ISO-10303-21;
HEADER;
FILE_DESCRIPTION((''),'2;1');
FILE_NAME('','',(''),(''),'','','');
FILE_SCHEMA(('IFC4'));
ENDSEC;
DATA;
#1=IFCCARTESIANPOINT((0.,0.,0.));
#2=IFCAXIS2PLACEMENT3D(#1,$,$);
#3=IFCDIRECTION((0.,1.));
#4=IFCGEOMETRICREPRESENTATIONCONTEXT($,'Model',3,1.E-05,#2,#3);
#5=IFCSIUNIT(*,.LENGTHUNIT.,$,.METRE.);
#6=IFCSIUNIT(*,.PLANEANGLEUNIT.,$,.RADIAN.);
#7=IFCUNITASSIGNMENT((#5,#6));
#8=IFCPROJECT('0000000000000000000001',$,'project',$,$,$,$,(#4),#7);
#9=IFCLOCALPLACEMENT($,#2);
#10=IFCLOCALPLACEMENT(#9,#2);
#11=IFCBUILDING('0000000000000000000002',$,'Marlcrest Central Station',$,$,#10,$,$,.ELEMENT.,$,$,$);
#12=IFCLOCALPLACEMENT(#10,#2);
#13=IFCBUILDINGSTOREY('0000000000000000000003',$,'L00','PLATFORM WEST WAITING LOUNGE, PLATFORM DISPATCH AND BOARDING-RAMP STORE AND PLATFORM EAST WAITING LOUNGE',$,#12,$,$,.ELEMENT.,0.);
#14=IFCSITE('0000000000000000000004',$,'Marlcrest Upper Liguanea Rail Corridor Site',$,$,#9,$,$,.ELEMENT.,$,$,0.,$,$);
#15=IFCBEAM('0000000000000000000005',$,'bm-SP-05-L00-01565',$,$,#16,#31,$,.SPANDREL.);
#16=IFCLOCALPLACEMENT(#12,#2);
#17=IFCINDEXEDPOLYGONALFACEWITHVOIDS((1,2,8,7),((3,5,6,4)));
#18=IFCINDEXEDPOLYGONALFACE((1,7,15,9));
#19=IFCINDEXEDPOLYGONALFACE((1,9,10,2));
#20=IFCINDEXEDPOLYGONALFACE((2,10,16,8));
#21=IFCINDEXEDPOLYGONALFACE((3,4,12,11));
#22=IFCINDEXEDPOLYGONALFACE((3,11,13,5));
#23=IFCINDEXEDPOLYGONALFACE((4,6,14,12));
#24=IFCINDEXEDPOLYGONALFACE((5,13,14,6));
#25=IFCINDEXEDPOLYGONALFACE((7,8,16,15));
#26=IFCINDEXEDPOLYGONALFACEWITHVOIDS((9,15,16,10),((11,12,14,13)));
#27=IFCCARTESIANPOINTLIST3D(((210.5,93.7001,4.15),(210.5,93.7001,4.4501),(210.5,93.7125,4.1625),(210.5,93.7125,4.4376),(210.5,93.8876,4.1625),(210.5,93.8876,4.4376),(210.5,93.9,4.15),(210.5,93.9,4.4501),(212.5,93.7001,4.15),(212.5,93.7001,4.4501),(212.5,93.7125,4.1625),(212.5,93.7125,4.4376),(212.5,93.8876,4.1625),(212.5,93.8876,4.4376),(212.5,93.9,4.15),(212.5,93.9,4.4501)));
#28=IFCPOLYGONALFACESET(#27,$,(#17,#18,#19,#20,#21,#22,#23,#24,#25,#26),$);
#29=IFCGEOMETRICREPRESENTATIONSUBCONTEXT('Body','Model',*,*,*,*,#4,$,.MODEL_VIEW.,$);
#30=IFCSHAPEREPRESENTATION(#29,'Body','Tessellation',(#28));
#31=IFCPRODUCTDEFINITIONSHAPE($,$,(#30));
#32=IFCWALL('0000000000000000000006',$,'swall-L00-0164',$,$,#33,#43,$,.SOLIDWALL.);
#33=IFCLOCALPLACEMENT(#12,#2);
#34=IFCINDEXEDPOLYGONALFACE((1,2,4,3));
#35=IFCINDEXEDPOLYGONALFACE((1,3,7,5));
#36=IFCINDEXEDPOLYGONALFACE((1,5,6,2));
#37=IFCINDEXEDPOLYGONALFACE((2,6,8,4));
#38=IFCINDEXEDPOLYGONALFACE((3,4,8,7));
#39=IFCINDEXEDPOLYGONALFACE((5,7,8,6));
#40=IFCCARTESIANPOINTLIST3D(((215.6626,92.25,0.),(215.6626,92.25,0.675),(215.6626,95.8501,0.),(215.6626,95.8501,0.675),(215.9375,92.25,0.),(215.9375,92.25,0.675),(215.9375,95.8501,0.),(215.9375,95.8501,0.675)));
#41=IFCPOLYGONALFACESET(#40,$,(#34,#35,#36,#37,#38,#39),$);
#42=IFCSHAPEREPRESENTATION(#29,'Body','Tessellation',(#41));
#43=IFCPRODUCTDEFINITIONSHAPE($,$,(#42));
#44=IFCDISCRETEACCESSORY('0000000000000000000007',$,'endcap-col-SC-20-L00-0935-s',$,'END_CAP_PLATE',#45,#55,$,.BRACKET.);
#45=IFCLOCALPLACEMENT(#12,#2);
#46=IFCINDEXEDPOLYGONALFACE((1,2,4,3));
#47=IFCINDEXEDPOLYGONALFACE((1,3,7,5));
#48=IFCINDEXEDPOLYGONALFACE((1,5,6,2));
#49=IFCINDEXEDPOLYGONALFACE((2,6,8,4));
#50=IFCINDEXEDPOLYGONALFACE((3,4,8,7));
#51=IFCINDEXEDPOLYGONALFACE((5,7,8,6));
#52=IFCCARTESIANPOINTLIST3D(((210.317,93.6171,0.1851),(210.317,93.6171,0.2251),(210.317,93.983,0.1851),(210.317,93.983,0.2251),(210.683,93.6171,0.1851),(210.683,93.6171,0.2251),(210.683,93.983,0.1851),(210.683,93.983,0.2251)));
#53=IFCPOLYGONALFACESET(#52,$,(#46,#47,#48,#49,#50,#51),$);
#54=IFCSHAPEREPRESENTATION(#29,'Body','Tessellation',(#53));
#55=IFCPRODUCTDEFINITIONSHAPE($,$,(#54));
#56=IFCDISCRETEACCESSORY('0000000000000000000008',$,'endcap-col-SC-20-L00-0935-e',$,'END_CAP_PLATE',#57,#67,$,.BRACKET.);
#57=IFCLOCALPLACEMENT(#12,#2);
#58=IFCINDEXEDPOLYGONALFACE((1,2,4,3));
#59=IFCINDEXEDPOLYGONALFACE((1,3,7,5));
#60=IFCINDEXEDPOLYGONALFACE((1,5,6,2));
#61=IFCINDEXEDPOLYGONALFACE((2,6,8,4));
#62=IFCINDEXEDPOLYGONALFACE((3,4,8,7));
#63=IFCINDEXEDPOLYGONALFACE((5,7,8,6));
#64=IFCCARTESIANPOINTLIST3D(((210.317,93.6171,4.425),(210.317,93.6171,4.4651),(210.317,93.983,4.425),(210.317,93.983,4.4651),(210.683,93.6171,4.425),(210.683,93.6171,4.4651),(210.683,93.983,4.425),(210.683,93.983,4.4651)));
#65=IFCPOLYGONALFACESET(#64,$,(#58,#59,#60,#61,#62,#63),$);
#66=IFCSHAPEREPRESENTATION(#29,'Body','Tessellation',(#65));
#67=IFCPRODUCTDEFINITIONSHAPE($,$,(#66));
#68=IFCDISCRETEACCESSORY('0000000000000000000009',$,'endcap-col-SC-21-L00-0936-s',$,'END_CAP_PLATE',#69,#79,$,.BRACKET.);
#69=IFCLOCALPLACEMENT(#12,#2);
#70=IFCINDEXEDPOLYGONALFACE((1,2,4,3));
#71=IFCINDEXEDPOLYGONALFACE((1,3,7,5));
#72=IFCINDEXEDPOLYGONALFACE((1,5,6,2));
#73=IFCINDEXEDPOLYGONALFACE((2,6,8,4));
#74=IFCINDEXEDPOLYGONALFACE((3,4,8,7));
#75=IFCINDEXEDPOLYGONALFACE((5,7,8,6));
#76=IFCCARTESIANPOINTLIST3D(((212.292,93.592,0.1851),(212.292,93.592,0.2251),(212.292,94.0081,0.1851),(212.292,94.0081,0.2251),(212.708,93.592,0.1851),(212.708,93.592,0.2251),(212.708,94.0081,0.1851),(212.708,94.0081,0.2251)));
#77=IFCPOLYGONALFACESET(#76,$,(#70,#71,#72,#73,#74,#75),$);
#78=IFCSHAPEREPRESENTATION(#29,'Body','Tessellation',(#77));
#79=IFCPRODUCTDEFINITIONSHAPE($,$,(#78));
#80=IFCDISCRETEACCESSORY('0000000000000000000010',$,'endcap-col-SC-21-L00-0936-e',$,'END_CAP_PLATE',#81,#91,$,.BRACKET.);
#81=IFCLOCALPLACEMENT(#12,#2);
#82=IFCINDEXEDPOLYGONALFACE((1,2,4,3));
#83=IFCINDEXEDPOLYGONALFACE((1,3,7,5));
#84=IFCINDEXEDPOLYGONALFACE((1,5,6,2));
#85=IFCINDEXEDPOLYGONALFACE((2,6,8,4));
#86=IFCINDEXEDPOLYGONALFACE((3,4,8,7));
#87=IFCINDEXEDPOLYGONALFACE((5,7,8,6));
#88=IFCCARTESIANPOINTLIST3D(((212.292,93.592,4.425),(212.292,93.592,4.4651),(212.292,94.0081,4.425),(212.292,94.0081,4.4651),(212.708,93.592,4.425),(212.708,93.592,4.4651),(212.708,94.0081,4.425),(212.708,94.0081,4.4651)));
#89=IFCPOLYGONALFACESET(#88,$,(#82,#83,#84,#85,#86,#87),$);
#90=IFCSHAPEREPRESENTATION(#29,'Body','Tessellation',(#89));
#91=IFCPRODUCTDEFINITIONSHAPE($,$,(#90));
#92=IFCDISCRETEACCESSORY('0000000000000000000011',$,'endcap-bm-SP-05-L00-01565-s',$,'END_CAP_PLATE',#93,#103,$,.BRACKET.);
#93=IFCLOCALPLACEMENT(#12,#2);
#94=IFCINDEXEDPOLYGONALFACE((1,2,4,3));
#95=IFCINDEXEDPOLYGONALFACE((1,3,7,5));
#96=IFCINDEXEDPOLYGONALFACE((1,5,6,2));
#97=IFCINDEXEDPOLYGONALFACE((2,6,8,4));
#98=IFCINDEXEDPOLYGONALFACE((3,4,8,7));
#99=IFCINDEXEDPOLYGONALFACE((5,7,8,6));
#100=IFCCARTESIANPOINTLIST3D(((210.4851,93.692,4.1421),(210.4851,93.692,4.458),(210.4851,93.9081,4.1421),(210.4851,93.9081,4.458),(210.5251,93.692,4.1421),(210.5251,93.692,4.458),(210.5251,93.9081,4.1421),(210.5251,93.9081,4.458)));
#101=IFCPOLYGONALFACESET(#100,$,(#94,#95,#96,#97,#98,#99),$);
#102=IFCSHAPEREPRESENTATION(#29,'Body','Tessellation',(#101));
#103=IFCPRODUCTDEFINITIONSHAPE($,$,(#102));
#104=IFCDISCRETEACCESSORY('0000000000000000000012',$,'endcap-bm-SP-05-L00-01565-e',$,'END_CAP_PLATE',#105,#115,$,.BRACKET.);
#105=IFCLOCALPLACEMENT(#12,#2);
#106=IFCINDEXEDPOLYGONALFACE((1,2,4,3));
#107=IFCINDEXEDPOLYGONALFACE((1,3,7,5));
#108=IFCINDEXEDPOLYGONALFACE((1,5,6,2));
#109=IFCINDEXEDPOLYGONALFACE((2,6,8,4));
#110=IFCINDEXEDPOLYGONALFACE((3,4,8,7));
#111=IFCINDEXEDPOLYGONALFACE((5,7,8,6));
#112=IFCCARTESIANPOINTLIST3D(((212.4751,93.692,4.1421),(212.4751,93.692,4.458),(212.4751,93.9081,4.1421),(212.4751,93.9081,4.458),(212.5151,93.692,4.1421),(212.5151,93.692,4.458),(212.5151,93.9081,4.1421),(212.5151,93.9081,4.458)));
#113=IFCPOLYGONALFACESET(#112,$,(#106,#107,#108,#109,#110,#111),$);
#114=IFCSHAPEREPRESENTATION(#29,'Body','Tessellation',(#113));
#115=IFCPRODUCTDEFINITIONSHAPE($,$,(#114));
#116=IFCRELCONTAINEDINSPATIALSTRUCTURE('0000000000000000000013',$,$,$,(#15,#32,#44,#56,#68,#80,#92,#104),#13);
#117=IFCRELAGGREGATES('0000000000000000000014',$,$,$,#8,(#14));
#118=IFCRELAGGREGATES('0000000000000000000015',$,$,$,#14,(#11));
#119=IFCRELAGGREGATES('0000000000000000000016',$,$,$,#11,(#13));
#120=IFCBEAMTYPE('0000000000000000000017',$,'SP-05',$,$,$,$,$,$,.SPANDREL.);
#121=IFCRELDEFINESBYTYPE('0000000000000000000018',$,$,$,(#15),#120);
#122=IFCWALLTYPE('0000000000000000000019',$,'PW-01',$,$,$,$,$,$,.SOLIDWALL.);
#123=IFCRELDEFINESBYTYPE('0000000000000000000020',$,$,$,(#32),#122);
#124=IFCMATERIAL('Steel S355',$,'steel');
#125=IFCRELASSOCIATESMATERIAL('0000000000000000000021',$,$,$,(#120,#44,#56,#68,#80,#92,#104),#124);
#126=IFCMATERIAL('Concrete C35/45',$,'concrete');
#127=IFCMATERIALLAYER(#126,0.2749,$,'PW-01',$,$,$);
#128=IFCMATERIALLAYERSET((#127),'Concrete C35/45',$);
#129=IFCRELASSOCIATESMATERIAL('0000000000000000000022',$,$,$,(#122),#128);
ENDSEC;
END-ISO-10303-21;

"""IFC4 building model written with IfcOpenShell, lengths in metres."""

from ifc_helpers import new_model, si_unit, direction, frame, frame_2d, origin, origin_2d, place, context, subcontext, project, spatial, rectangle, hollow_rectangle, extrude, material, layer, layer_set, material_profile, profile_set, type_object, element, save


model = new_model("IFC4")

# Units and contexts
model_context = context("Model", 3, precision=1e-05, world=origin(), true_north=direction((0.0, 1.0)))
body_context = subcontext(model_context, "Body", "Model", "MODEL_VIEW")
ifc_project = project(units=[si_unit("LENGTHUNIT", "METRE"), si_unit("PLANEANGLEUNIT", "RADIAN")], contexts=[model_context])

# Site, building, storey
site_placement = place(None, origin())
site = spatial("IfcSite", under=ifc_project, at=site_placement, Name="Marlcrest Upper Liguanea Rail Corridor Site", CompositionType="ELEMENT", RefElevation=0.0)
building_placement = place(site_placement, origin())
building = spatial("IfcBuilding", under=site, at=building_placement, Name="Marlcrest Central Station", CompositionType="ELEMENT")
storey_placement = place(building_placement, origin())
storey = spatial("IfcBuildingStorey", under=building, at=storey_placement, Name="L00", Description="PLATFORM WEST WAITING LOUNGE, PLATFORM DISPATCH AND BOARDING-RAMP STORE AND PLATFORM EAST WAITING LOUNGE", CompositionType="ELEMENT", Elevation=0.0)

# Shared definitions
ifc_material_1 = material(Name="Concrete C35/45", Category="concrete")

# Shared definitions
ifc_material_2 = material(Name="Steel S355", Category="steel")

# Beam
ifc_material_profile_1 = material_profile(ifc_material_2, hollow_rectangle(XDim=0.2, YDim=0.3, WallThickness=0.0125, at=origin_2d()), Name="RHS 300x200x12.5")
ifc_profile_set_1 = profile_set([ifc_material_profile_1], Name="Steel S355")
beam_type_1 = type_object("IfcBeamType", Name="SP-05", PredefinedType="SPANDREL", material=ifc_profile_set_1)
beam_placement = place(storey_placement, frame((210.5, 93.8, 4.3), z_axis=(1.0, 0.0, 0.0), x_axis=(0.0, 1.0, 0.0)))
element("IfcBeam", 1, at=beam_placement, inside=storey, type_object=beam_type_1, Name="bm-SP-05-L00-01565", PredefinedType="SPANDREL", context=body_context, shape_type="SweptSolid", body=[
    extrude(hollow_rectangle(XDim=0.2, YDim=0.3, WallThickness=0.0125, at=origin_2d()), origin(), (0.0, 0.0, 1.0), 2.0),
])

# Wall
ifc_layer = layer(ifc_material_1, 0.2749, Name="PW-01")
ifc_layer_set = layer_set([ifc_layer], Name="Concrete C35/45")
wall_type = type_object("IfcWallType", Name="PW-01", PredefinedType="SOLIDWALL", material=ifc_layer_set)
wall_placement = place(storey_placement, frame((215.8, 92.25, 0.0), z_axis=(0.0, 0.0, 1.0), x_axis=(0.0, 1.0, 0.0)))
element("IfcWall", 2, at=wall_placement, inside=storey, type_object=wall_type, Name="swall-L00-0164", PredefinedType="SOLIDWALL", context=body_context, shape_type="SweptSolid", body=[
    extrude(rectangle(XDim=3.6001, YDim=0.2749, at=frame_2d((1.8, 0.0))), origin(), (0.0, 0.0, 1.0), 0.675),
])

# Discrete accessories
for number, where, z_axis, x_axis, name in (
    (3, (210.5, 93.8, 0.1851), (0.0, 0.0, 1.0), (1.0, 0.0, 0.0), "endcap-col-SC-20-L00-0935-s"),
    (4, (210.5, 93.8, 4.425), (0.0, 0.0, 1.0), (1.0, 0.0, 0.0), "endcap-col-SC-20-L00-0935-e"),
):
    element("IfcDiscreteAccessory", number, at=place(storey_placement, frame(where, z_axis=z_axis, x_axis=x_axis)), inside=storey, material=ifc_material_2, Name=name, ObjectType="END_CAP_PLATE", PredefinedType="BRACKET", context=body_context, shape_type="SweptSolid", body=[
        extrude(rectangle(XDim=0.366, YDim=0.366, at=origin_2d()), origin(), (0.0, 0.0, 1.0), 0.04),
    ])
for number, where, z_axis, x_axis, name in (
    (5, (212.5, 93.8, 0.1851), (0.0, 0.0, 1.0), (1.0, 0.0, 0.0), "endcap-col-SC-21-L00-0936-s"),
    (6, (212.5, 93.8, 4.425), (0.0, 0.0, 1.0), (1.0, 0.0, 0.0), "endcap-col-SC-21-L00-0936-e"),
):
    element("IfcDiscreteAccessory", number, at=place(storey_placement, frame(where, z_axis=z_axis, x_axis=x_axis)), inside=storey, material=ifc_material_2, Name=name, ObjectType="END_CAP_PLATE", PredefinedType="BRACKET", context=body_context, shape_type="SweptSolid", body=[
        extrude(rectangle(XDim=0.416, YDim=0.416, at=origin_2d()), origin(), (0.0, 0.0, 1.0), 0.04),
    ])
for number, where, z_axis, x_axis, name in (
    (7, (210.4851, 93.8, 4.3), (1.0, 0.0, 0.0), (0.0, 1.0, 0.0), "endcap-bm-SP-05-L00-01565-s"),
    (8, (212.4751, 93.8, 4.3), (1.0, 0.0, 0.0), (0.0, 1.0, 0.0), "endcap-bm-SP-05-L00-01565-e"),
):
    element("IfcDiscreteAccessory", number, at=place(storey_placement, frame(where, z_axis=z_axis, x_axis=x_axis)), inside=storey, material=ifc_material_2, Name=name, ObjectType="END_CAP_PLATE", PredefinedType="BRACKET", context=body_context, shape_type="SweptSolid", body=[
        extrude(rectangle(XDim=0.2161, YDim=0.3159, at=origin_2d()), origin(), (0.0, 0.0, 1.0), 0.04),
    ])

save(model, "model.ifc")
